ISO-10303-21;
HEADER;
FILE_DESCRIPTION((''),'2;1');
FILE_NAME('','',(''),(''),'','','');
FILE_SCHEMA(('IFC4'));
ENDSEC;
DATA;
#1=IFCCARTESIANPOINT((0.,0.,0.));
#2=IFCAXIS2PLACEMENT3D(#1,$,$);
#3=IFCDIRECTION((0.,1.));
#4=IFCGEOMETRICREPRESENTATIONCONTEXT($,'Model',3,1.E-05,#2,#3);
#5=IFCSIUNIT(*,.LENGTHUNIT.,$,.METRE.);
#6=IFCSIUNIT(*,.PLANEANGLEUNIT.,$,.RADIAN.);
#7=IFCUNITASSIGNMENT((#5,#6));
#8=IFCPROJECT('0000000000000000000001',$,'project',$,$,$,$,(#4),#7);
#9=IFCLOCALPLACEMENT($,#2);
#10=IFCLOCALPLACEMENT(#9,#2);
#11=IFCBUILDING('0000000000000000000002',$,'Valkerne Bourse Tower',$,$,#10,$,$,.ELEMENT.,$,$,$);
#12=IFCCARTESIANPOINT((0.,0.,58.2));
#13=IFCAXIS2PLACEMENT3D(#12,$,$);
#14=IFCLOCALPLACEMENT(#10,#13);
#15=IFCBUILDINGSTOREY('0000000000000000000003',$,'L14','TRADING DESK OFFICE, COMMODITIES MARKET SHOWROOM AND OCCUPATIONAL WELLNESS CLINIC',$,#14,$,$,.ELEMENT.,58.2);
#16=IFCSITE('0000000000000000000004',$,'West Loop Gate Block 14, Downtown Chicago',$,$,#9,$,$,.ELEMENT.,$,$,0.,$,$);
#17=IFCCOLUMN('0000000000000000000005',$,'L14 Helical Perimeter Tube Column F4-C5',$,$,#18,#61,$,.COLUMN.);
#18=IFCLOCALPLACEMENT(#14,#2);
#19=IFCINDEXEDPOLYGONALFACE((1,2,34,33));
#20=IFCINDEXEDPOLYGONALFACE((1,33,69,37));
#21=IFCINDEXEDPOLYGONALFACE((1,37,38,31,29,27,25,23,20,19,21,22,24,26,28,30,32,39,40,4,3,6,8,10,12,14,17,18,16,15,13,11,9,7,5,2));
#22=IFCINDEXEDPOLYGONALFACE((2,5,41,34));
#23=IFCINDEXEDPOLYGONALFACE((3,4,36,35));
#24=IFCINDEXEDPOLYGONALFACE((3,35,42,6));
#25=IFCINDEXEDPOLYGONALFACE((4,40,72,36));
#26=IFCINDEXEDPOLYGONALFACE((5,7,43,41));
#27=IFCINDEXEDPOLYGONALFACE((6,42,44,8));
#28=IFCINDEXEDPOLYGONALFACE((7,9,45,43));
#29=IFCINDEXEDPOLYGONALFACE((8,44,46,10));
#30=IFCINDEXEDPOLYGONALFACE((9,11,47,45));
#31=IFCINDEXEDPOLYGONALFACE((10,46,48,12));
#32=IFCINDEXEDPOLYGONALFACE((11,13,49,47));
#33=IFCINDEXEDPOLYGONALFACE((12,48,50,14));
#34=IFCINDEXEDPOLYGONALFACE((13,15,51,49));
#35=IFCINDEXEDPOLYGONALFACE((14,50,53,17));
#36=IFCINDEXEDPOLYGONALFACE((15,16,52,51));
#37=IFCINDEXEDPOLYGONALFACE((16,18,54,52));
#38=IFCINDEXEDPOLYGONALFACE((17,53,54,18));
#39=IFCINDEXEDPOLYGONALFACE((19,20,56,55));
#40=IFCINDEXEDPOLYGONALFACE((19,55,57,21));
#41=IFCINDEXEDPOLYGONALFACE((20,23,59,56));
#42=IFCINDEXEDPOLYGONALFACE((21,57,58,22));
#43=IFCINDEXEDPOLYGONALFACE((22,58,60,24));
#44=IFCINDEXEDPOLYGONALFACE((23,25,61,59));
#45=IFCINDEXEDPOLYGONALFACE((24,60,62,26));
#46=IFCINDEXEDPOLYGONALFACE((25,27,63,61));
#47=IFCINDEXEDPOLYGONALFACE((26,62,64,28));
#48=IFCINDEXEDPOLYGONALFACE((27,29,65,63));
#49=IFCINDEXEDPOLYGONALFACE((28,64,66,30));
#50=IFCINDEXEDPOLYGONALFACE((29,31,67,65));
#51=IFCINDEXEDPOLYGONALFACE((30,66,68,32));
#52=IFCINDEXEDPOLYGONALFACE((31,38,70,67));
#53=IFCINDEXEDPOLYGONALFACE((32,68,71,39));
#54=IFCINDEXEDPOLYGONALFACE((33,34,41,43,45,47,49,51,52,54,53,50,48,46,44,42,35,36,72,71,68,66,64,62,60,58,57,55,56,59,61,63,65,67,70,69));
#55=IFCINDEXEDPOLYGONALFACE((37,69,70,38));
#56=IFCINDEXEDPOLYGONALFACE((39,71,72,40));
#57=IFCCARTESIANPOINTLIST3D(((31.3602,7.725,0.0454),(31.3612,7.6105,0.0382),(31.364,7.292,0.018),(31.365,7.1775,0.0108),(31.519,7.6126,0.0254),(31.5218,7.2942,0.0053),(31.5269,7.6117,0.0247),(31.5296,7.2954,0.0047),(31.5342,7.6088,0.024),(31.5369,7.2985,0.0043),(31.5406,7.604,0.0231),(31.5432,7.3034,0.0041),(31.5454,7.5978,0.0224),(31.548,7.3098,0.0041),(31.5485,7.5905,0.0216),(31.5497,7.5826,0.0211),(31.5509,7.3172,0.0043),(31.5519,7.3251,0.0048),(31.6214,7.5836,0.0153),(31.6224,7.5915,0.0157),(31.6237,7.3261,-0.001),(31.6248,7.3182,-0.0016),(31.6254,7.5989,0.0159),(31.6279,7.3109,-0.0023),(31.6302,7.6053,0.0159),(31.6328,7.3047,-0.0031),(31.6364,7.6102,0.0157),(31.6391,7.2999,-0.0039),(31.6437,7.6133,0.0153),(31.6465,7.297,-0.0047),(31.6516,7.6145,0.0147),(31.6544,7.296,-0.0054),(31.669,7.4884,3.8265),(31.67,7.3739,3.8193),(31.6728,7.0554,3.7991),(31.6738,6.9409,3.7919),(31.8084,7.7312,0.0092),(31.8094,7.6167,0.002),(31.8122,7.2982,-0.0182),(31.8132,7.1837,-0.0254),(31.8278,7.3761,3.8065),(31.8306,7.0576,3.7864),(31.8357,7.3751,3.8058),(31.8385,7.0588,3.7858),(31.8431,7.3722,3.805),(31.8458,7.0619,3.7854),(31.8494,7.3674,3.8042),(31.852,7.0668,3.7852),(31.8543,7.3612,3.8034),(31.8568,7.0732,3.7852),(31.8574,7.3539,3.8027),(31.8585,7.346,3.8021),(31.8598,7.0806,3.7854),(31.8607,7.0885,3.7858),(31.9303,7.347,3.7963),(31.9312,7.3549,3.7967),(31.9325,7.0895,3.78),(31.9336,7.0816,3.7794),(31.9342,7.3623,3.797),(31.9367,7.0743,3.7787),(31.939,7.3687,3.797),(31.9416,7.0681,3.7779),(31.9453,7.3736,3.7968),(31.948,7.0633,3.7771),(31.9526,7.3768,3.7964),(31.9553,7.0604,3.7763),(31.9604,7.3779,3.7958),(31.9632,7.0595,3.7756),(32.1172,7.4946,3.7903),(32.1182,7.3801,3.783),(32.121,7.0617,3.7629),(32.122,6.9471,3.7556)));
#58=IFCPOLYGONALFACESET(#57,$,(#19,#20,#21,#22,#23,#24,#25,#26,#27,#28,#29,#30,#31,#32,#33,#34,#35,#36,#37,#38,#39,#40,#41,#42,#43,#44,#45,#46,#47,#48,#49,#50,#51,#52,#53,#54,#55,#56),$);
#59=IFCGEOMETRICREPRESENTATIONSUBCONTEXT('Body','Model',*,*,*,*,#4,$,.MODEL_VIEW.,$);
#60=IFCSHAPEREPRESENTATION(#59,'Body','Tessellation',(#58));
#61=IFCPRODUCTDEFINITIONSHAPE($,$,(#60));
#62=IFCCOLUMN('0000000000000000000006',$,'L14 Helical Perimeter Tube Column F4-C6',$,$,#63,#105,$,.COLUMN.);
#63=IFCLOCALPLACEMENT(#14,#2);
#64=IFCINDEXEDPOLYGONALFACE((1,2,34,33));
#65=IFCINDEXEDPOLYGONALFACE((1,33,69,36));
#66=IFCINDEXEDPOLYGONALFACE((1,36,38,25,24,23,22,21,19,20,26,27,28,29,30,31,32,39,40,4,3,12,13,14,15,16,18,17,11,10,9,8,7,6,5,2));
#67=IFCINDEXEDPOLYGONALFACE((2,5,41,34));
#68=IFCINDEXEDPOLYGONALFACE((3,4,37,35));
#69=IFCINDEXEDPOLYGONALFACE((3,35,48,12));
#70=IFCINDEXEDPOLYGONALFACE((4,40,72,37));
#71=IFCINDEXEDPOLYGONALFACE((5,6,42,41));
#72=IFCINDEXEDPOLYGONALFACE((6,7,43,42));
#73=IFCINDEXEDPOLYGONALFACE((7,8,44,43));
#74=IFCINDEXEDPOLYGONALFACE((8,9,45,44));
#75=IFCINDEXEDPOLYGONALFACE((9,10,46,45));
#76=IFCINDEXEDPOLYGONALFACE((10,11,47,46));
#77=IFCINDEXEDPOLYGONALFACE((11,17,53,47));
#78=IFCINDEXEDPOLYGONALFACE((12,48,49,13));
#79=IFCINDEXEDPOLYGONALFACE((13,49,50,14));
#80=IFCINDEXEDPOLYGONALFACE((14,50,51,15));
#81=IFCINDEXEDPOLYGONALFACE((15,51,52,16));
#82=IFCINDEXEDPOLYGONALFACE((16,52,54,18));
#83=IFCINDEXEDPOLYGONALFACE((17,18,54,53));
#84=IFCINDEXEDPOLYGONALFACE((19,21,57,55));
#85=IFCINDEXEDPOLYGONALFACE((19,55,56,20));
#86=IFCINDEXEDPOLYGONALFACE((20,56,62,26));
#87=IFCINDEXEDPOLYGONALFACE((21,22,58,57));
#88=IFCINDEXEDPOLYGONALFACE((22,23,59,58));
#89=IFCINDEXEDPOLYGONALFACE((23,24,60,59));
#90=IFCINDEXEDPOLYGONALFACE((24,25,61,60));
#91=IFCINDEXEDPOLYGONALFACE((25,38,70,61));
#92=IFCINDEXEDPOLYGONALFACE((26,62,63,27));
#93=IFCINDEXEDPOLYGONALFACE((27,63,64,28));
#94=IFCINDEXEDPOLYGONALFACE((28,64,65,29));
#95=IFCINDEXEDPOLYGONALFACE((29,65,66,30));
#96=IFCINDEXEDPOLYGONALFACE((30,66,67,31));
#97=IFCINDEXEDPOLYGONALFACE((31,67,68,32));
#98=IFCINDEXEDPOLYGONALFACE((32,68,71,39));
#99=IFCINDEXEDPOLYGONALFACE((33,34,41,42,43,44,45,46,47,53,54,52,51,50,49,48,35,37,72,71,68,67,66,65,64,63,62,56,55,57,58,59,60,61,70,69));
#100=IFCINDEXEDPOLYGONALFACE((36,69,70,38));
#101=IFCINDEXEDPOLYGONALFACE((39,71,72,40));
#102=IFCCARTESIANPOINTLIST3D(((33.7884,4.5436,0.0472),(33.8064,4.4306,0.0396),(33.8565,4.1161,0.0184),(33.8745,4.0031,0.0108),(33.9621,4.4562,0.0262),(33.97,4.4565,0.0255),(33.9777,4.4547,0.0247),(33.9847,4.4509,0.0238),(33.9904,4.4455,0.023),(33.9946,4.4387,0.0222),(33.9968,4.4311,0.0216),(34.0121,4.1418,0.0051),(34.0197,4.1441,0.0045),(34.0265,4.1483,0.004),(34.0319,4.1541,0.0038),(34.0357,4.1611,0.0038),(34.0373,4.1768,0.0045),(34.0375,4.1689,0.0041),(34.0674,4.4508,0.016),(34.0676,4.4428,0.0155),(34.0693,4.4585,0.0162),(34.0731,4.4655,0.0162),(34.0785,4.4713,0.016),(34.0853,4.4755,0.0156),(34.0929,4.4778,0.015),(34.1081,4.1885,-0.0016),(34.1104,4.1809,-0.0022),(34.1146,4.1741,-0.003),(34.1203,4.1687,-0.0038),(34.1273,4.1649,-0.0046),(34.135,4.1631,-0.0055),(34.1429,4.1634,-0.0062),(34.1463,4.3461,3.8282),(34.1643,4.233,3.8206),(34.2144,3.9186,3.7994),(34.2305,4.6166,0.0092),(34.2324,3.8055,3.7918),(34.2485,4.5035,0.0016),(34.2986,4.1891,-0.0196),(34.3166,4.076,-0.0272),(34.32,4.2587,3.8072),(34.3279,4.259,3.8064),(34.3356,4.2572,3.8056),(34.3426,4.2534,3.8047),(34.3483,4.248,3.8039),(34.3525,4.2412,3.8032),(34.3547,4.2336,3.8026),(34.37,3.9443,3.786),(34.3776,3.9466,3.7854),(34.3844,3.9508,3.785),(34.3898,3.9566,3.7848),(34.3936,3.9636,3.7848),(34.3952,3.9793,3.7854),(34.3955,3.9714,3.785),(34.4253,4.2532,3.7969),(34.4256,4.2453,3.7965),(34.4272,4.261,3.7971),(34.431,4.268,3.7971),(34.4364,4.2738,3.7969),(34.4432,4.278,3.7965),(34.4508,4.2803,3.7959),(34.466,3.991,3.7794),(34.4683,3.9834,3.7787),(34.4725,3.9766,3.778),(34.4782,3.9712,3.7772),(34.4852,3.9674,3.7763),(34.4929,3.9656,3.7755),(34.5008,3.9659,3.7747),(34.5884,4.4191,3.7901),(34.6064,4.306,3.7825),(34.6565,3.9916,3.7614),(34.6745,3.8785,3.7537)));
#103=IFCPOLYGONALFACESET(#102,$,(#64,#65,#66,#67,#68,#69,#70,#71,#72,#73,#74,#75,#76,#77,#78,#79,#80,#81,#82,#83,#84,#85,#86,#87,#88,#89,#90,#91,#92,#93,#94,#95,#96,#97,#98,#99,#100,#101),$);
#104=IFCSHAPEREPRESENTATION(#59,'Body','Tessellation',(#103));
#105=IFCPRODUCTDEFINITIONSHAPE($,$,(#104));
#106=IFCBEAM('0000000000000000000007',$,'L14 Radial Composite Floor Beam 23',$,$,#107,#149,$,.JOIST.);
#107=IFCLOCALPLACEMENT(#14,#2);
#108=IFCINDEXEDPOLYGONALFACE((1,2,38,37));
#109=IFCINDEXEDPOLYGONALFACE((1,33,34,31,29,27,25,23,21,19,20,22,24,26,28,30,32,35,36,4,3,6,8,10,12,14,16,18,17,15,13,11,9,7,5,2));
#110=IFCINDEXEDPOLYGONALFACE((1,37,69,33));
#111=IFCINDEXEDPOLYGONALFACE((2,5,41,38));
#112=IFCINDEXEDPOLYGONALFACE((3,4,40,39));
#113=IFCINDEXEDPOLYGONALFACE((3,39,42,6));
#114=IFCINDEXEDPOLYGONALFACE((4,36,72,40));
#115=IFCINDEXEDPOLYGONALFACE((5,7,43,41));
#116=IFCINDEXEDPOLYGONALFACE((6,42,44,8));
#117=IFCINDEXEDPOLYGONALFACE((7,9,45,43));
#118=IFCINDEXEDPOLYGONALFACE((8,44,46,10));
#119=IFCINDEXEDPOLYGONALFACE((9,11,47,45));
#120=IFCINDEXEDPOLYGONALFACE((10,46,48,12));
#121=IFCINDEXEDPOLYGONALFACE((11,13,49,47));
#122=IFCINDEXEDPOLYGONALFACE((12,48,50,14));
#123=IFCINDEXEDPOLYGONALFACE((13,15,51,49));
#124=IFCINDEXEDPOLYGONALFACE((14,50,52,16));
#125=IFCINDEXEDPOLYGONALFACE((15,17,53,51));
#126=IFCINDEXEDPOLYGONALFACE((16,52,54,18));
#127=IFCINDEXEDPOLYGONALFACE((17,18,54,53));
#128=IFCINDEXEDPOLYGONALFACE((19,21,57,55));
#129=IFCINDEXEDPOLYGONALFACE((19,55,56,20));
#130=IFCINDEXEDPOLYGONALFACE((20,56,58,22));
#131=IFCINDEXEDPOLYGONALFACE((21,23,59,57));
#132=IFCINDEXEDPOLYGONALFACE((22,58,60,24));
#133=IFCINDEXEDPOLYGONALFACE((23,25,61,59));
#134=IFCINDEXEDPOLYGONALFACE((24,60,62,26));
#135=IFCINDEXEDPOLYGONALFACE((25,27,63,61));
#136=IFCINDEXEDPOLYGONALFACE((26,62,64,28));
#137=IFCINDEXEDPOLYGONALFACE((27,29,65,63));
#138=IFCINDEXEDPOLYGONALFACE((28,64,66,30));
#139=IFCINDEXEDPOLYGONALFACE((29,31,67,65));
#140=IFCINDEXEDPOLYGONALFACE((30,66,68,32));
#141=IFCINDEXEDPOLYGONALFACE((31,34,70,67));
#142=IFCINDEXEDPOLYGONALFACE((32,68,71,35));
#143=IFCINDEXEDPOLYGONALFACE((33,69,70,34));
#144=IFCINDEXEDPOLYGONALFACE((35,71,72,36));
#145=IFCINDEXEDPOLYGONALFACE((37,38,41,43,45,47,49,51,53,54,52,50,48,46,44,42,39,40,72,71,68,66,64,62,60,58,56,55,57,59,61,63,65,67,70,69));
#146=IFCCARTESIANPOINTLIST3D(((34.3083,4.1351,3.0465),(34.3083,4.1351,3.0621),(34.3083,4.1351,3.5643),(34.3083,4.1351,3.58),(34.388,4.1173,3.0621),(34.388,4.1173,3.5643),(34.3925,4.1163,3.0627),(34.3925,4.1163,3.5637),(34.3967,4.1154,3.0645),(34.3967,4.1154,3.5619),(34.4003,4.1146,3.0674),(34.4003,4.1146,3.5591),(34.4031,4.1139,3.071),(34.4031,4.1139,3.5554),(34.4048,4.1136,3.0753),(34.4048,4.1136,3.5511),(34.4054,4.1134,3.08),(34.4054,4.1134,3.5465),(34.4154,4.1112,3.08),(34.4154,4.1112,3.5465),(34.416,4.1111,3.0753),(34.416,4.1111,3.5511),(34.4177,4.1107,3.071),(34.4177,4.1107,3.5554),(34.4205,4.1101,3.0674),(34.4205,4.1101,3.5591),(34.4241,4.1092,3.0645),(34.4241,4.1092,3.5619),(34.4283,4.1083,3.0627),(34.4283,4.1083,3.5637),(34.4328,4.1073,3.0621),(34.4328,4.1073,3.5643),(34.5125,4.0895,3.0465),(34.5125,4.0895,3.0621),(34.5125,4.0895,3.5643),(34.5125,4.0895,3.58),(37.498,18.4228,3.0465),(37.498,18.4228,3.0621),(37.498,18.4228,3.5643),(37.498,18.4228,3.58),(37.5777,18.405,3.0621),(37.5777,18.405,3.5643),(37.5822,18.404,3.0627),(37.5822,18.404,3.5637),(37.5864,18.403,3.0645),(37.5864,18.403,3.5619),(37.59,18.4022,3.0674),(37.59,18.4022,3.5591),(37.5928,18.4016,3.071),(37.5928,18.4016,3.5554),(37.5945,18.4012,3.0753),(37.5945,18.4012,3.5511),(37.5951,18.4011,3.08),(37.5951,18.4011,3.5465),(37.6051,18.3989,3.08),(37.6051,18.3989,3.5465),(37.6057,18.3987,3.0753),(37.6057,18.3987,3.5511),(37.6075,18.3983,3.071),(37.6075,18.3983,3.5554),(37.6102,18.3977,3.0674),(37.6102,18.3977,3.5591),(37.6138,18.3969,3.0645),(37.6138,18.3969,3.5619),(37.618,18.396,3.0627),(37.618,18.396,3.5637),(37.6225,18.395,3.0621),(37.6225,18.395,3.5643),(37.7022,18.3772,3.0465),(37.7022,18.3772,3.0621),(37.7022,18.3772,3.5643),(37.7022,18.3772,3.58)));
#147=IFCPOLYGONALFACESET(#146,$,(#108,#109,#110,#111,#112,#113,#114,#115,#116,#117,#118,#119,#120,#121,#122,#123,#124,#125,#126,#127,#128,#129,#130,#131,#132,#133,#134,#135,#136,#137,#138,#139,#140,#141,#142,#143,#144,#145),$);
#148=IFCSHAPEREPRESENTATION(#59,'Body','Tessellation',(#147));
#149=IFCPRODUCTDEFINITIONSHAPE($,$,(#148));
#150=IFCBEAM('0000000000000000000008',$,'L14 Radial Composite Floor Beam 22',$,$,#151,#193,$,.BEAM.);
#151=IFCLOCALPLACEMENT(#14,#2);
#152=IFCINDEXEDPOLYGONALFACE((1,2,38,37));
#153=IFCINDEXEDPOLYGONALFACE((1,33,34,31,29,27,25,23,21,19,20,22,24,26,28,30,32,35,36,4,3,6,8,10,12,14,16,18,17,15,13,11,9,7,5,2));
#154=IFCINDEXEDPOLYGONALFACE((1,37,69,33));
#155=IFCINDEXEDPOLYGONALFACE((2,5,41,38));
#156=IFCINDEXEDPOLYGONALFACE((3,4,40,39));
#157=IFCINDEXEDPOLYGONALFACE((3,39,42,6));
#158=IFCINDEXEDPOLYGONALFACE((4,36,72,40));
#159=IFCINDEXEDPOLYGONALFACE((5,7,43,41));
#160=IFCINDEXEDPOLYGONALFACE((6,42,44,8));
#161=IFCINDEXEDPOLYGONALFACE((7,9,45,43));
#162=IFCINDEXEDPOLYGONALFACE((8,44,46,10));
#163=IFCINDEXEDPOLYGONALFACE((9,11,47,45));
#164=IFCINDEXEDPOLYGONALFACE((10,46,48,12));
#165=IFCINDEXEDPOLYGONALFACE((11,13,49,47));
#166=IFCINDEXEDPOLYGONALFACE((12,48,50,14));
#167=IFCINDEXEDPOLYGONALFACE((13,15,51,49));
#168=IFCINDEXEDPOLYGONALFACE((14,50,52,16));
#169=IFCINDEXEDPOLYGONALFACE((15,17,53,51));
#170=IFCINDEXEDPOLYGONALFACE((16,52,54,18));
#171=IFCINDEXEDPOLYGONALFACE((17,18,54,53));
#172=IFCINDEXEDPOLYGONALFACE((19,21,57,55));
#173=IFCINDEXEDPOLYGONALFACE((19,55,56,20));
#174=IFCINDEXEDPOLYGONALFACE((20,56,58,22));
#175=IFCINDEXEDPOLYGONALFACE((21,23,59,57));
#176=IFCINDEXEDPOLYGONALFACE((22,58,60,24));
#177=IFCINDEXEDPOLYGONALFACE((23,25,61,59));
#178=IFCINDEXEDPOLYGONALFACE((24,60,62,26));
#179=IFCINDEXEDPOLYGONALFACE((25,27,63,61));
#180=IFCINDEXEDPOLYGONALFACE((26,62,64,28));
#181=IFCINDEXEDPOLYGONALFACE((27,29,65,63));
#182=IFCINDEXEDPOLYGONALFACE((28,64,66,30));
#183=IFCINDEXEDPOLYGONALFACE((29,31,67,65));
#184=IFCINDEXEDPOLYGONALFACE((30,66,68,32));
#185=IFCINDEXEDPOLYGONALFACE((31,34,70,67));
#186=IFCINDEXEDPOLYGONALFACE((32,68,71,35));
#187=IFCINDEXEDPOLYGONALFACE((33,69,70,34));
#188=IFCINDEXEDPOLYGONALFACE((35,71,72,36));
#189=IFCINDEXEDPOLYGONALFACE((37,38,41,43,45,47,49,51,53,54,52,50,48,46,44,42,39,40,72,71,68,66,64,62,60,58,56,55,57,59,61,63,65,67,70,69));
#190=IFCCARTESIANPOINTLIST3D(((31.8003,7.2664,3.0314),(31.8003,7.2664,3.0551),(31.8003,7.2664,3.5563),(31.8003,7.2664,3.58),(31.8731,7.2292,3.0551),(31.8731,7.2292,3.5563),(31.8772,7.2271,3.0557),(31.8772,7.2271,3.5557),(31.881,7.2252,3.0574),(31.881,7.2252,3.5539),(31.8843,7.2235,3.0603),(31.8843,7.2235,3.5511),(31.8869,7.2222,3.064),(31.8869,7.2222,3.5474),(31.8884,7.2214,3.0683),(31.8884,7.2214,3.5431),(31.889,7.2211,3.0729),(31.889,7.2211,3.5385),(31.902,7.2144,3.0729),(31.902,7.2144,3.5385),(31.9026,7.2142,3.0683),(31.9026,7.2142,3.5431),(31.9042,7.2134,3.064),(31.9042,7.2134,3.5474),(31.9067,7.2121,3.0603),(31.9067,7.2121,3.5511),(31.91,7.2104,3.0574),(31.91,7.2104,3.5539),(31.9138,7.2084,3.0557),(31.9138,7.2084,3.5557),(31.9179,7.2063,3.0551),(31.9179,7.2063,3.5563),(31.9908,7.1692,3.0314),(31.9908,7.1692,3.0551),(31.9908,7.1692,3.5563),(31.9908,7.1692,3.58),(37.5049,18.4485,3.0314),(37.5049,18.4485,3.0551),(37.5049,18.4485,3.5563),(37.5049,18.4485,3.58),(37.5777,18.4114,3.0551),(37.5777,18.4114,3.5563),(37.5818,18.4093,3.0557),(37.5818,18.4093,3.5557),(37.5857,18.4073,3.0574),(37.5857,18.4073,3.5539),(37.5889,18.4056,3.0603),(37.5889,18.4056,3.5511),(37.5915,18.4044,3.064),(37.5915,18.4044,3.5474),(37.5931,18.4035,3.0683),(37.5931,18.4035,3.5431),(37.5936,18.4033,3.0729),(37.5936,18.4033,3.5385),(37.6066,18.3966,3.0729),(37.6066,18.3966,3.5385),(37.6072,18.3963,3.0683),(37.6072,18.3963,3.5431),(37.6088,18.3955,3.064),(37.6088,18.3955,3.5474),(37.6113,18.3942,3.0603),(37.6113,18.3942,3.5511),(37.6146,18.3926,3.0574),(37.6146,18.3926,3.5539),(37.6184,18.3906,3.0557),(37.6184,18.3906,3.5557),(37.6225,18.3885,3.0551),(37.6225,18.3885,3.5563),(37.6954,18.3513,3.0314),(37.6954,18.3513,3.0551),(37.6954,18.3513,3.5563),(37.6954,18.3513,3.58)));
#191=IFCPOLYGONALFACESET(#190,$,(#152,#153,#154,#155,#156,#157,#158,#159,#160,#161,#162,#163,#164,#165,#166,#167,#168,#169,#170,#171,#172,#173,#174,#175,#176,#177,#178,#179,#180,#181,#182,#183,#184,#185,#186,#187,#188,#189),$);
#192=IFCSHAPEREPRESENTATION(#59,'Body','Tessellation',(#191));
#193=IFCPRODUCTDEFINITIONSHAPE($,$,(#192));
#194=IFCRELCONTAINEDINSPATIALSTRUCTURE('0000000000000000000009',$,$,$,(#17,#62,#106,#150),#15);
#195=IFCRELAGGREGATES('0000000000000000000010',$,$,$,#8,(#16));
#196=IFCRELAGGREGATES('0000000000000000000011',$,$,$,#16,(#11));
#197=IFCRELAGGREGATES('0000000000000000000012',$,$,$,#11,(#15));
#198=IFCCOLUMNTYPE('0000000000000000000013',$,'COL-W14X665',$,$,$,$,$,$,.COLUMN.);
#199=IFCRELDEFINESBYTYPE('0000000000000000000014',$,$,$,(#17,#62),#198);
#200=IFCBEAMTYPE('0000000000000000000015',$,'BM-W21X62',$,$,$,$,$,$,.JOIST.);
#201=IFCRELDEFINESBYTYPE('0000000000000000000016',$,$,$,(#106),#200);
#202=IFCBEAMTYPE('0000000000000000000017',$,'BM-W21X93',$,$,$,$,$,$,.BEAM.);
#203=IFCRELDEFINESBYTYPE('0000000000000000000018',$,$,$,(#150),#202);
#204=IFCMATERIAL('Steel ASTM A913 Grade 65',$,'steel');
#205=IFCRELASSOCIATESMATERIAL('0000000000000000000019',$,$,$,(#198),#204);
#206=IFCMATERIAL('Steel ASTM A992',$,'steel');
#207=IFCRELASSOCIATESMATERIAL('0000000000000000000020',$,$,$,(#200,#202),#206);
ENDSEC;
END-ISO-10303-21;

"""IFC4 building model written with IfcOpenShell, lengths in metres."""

from ifc_helpers import new_model, si_unit, direction, frame, origin, origin_2d, place, context, subcontext, project, spatial, i_section, extrude, material, material_profile, profile_set, type_object, element, save


model = new_model("IFC4")

# Units and contexts
model_context = context("Model", 3, precision=1e-05, world=origin(), true_north=direction((0.0, 1.0)))
body_context = subcontext(model_context, "Body", "Model", "MODEL_VIEW")
ifc_project = project(units=[si_unit("LENGTHUNIT", "METRE"), si_unit("PLANEANGLEUNIT", "RADIAN")], contexts=[model_context])

# Site, building, storey
site_placement = place(None, origin())
site = spatial("IfcSite", under=ifc_project, at=site_placement, Name="West Loop Gate Block 14, Downtown Chicago", CompositionType="ELEMENT", RefElevation=0.0)
building_placement = place(site_placement, origin())
building = spatial("IfcBuilding", under=site, at=building_placement, Name="Valkerne Bourse Tower", CompositionType="ELEMENT")
storey_placement = place(building_placement, frame((0.0, 0.0, 58.2)))
storey = spatial("IfcBuildingStorey", under=building, at=storey_placement, Name="L14", Description="TRADING DESK OFFICE, COMMODITIES MARKET SHOWROOM AND OCCUPATIONAL WELLNESS CLINIC", CompositionType="ELEMENT", Elevation=58.2)

# Columns
ifc_material_1 = material(Name="Steel ASTM A913 Grade 65", Category="steel")
ifc_material_profile_1 = material_profile(ifc_material_1, i_section(OverallWidth=0.4497, OverallDepth=0.5486, WebThickness=0.072, FlangeThickness=0.1147, FilletRadius=0.0305, at=origin_2d()), Name="W14X665")
ifc_profile_set_1 = profile_set([ifc_material_profile_1], Name="Steel ASTM A913 Grade 65")
column_type = type_object("IfcColumnType", Name="COL-W14X665", PredefinedType="COLUMN", material=ifc_profile_set_1)
column_1_placement = place(storey_placement, frame((31.5867, 7.4543, 0.01), z_axis=(0.081252, -0.06224, 0.994748), x_axis=(0.996655, 0.013816, -0.080544)))
element("IfcColumn", 1, at=column_1_placement, inside=storey, type_object=column_type, Name="L14 Helical Perimeter Tube Column F4-C5", PredefinedType="COLUMN", context=body_context, shape_type="SweptSolid", body=[
    extrude(i_section(OverallWidth=0.4497, OverallDepth=0.5486, WebThickness=0.072, FlangeThickness=0.1147, FilletRadius=0.0305, at=origin_2d()), origin(), (0.0, 0.0, 1.0), 3.801),
])
column_2_placement = place(storey_placement, frame((34.0525, 4.3098, 0.01), z_axis=(0.094112, -0.051935, 0.994206), x_axis=(0.983121, 0.162226, -0.084588)))
element("IfcColumn", 2, at=column_2_placement, inside=storey, type_object=column_type, Name="L14 Helical Perimeter Tube Column F4-C6", PredefinedType="COLUMN", context=body_context, shape_type="SweptSolid", body=[
    extrude(i_section(OverallWidth=0.4497, OverallDepth=0.5486, WebThickness=0.072, FlangeThickness=0.1147, FilletRadius=0.0305, at=origin_2d()), origin(), (0.0, 0.0, 1.0), 3.803),
])

# Beams
ifc_material_2 = material(Name="Steel ASTM A992", Category="steel")
ifc_material_profile_2 = material_profile(ifc_material_2, i_section(OverallWidth=0.2092, OverallDepth=0.5334, WebThickness=0.0103, FlangeThickness=0.0156, FilletRadius=0.0178, at=origin_2d()), Name="W21X62")
ifc_profile_set_2 = profile_set([ifc_material_profile_2], Name="Steel ASTM A992")
beam_type_1 = type_object("IfcBeamType", Name="BM-W21X62", PredefinedType="JOIST", material=ifc_profile_set_2)
beam_1_placement = place(storey_placement, frame((34.4104, 4.1123, 3.3132), z_axis=(0.217886, 0.975974, 0.0), x_axis=(-0.975974, 0.217886, 0.0)))
element("IfcBeam", 3, at=beam_1_placement, inside=storey, type_object=beam_type_1, Name="L14 Radial Composite Floor Beam 23", PredefinedType="JOIST", context=body_context, shape_type="SweptSolid", body=[
    extrude(i_section(OverallWidth=0.2092, OverallDepth=0.5334, WebThickness=0.0103, FlangeThickness=0.0156, FilletRadius=0.0178, at=origin_2d()), origin(), (0.0, 0.0, 1.0), 14.6394),
])
ifc_material_profile_3 = material_profile(ifc_material_2, i_section(OverallWidth=0.2139, OverallDepth=0.5486, WebThickness=0.0146, FlangeThickness=0.0237, FilletRadius=0.0178, at=origin_2d()), Name="W21X93")
ifc_profile_set_3 = profile_set([ifc_material_profile_3], Name="Steel ASTM A992")
beam_type_2 = type_object("IfcBeamType", Name="BM-W21X93", PredefinedType="BEAM", material=ifc_profile_set_3)
beam_2_placement = place(storey_placement, frame((31.8955, 7.2178, 3.3057), z_axis=(0.454434, 0.890781, 0.0), x_axis=(-0.890781, 0.454434, 0.0)))
element("IfcBeam", 4, at=beam_2_placement, inside=storey, type_object=beam_type_2, Name="L14 Radial Composite Floor Beam 22", PredefinedType="BEAM", context=body_context, shape_type="SweptSolid", body=[
    extrude(i_section(OverallWidth=0.2139, OverallDepth=0.5486, WebThickness=0.0146, FlangeThickness=0.0237, FilletRadius=0.0178, at=origin_2d()), origin(), (0.0, 0.0, 1.0), 12.5532),
])

save(model, "model.ifc")
